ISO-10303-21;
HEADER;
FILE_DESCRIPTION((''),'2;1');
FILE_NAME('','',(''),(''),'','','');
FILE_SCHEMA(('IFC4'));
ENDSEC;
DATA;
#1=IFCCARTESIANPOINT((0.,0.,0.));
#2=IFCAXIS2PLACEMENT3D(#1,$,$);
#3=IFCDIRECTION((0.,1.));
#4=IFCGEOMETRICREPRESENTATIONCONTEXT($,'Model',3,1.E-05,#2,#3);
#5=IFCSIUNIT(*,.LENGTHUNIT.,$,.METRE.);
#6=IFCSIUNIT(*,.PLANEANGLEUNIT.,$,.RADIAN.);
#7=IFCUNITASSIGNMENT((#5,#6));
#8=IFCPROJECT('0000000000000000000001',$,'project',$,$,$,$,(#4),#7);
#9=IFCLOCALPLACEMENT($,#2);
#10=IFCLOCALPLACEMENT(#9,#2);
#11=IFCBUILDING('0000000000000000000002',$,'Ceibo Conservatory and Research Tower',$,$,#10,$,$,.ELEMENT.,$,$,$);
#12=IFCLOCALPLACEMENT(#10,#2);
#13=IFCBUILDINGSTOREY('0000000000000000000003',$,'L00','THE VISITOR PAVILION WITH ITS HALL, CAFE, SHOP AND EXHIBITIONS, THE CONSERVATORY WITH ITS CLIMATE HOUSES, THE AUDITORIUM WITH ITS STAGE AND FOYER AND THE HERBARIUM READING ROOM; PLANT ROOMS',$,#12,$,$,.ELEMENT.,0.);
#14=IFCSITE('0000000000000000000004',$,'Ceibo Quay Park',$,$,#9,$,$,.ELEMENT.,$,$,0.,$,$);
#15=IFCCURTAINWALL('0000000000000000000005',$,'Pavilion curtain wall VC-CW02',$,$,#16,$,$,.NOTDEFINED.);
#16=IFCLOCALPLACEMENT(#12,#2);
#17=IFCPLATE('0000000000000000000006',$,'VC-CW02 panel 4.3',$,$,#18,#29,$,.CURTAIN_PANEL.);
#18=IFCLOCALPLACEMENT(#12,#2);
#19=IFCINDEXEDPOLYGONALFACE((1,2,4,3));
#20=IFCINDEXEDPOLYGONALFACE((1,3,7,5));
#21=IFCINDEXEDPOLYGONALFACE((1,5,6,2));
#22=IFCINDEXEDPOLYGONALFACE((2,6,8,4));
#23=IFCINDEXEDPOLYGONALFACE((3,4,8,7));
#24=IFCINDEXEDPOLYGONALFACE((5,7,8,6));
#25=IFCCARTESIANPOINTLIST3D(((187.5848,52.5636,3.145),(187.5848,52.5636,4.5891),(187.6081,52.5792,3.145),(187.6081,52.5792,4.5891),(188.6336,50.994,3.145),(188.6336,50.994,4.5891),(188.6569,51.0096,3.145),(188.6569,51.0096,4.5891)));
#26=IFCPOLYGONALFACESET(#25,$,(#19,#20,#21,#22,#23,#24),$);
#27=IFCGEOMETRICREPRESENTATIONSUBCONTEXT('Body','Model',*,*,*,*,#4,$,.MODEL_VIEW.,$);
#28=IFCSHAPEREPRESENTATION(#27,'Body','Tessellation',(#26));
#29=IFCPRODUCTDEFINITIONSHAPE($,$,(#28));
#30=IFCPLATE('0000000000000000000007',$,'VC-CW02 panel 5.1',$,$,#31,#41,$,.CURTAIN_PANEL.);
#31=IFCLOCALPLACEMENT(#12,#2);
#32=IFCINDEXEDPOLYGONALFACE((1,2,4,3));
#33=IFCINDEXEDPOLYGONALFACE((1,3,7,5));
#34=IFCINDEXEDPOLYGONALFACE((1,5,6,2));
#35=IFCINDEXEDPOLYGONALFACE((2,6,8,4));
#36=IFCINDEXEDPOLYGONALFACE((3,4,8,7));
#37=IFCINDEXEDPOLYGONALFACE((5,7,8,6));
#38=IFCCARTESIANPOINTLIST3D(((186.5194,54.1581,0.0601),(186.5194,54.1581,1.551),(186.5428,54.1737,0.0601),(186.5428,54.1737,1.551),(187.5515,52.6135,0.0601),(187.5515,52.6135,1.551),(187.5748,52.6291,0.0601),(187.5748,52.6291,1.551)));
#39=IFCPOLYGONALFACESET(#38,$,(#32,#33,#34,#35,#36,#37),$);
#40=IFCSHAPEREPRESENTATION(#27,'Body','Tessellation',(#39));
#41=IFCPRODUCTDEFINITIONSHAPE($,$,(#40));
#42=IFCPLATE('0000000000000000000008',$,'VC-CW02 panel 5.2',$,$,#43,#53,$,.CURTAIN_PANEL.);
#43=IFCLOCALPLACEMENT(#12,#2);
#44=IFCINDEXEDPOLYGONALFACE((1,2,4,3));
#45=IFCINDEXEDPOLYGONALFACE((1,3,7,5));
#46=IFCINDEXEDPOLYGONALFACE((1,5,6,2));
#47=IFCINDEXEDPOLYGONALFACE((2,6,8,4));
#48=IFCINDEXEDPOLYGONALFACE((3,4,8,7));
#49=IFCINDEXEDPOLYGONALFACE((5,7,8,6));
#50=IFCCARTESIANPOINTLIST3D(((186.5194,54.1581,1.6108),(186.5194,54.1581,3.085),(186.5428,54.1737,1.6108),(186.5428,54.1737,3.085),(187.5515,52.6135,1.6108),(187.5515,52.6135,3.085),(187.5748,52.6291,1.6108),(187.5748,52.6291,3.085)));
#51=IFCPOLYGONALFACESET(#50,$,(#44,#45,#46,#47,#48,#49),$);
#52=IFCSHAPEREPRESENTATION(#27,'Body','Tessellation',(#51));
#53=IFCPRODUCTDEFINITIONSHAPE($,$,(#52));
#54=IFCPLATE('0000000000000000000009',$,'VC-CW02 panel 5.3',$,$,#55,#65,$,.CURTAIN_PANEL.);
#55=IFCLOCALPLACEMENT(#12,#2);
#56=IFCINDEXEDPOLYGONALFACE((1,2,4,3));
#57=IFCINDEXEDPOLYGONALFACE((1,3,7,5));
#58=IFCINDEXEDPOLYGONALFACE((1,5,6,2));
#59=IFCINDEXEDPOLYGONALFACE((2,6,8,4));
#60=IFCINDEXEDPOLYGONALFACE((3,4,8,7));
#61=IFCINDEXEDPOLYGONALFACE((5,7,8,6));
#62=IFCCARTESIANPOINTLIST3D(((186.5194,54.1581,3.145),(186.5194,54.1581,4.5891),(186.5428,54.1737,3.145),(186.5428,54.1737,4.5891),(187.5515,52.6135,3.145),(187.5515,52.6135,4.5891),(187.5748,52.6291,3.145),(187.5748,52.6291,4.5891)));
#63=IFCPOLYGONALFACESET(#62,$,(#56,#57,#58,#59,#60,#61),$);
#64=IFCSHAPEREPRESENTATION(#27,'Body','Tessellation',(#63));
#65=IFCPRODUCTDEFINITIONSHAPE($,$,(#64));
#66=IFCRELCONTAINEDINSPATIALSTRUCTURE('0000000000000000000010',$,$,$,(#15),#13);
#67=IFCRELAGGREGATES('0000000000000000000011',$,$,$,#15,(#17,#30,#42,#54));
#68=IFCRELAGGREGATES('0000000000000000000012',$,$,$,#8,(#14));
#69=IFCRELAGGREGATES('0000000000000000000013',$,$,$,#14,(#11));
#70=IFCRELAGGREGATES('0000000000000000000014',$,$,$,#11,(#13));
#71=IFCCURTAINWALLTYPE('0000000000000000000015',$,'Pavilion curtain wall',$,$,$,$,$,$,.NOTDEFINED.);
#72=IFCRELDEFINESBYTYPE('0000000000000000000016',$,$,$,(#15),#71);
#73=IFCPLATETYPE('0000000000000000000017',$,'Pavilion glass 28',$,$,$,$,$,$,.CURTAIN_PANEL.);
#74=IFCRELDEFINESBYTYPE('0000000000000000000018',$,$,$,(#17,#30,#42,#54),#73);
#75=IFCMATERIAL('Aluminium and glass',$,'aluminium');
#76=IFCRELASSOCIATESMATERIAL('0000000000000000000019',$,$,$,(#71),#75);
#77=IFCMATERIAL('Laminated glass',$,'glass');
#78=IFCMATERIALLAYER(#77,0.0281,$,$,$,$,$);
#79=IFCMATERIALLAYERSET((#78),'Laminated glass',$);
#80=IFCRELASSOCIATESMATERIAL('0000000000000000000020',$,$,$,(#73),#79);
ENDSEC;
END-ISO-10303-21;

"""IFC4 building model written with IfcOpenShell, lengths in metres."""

from ifc_helpers import new_model, si_unit, direction, frame, origin, origin_2d, place, context, subcontext, project, spatial, rectangle, extrude, material, layer, layer_set, type_object, element, aggregate, save


model = new_model("IFC4")

# Units and contexts
model_context = context("Model", 3, precision=1e-05, world=origin(), true_north=direction((0.0, 1.0)))
body_context = subcontext(model_context, "Body", "Model", "MODEL_VIEW")
ifc_project = project(units=[si_unit("LENGTHUNIT", "METRE"), si_unit("PLANEANGLEUNIT", "RADIAN")], contexts=[model_context])

# Site, building, storey
site_placement = place(None, origin())
site = spatial("IfcSite", under=ifc_project, at=site_placement, Name="Ceibo Quay Park", CompositionType="ELEMENT", RefElevation=0.0)
building_placement = place(site_placement, origin())
building = spatial("IfcBuilding", under=site, at=building_placement, Name="Ceibo Conservatory and Research Tower", CompositionType="ELEMENT")
storey_placement = place(building_placement, origin())
storey = spatial("IfcBuildingStorey", under=building, at=storey_placement, Name="L00", Description="THE VISITOR PAVILION WITH ITS HALL, CAFE, SHOP AND EXHIBITIONS, THE CONSERVATORY WITH ITS CLIMATE HOUSES, THE AUDITORIUM WITH ITS STAGE AND FOYER AND THE HERBARIUM READING ROOM; PLANT ROOMS", CompositionType="ELEMENT", Elevation=0.0)

# Curtain wall, plates
ifc_material_1 = material(Name="Aluminium and glass", Category="aluminium")
curtain_wall_type = type_object("IfcCurtainWallType", Name="Pavilion curtain wall", PredefinedType="NOTDEFINED", material=ifc_material_1)
curtain_wall_placement = place(storey_placement, origin())
curtain_wall = element("IfcCurtainWall", 1, at=curtain_wall_placement, inside=storey, type_object=curtain_wall_type, Name="Pavilion curtain wall VC-CW02", PredefinedType="NOTDEFINED")
ifc_material_2 = material(Name="Laminated glass", Category="glass")
ifc_layer = layer(ifc_material_2, 0.0281)
ifc_layer_set = layer_set([ifc_layer], Name="Laminated glass")
plate_type = type_object("IfcPlateType", Name="Pavilion glass 28", PredefinedType="CURTAIN_PANEL", material=ifc_layer_set)
plate_1_placement = place(storey_placement, frame((188.1208, 51.7866, 3.145), z_axis=(0.0, 0.0, 1.0), x_axis=(-0.55557, 0.83147, 0.0)))
plate_1 = element("IfcPlate", 2, at=plate_1_placement, type_object=plate_type, Name="VC-CW02 panel 4.3", PredefinedType="CURTAIN_PANEL", context=body_context, shape_type="SweptSolid", body=[
    extrude(rectangle(XDim=1.8877, YDim=0.0281, at=origin_2d()), origin(), (0.0, 0.0, 1.0), 1.4441),
])
plate_2_placement = place(storey_placement, frame((187.0471, 53.3936, 0.0601), z_axis=(0.0, 0.0, 1.0), x_axis=(-0.55557, 0.83147, 0.0)))
plate_2 = element("IfcPlate", 3, at=plate_2_placement, type_object=plate_type, Name="VC-CW02 panel 5.1", PredefinedType="CURTAIN_PANEL", context=body_context, shape_type="SweptSolid", body=[
    extrude(rectangle(XDim=1.8577, YDim=0.0281, at=origin_2d()), origin(), (0.0, 0.0, 1.0), 1.491),
])
plate_3_placement = place(storey_placement, frame((187.0471, 53.3936, 1.6108), z_axis=(0.0, 0.0, 1.0), x_axis=(-0.55557, 0.83147, 0.0)))
plate_3 = element("IfcPlate", 4, at=plate_3_placement, type_object=plate_type, Name="VC-CW02 panel 5.2", PredefinedType="CURTAIN_PANEL", context=body_context, shape_type="SweptSolid", body=[
    extrude(rectangle(XDim=1.8577, YDim=0.0281, at=origin_2d()), origin(), (0.0, 0.0, 1.0), 1.4741),
])
plate_4_placement = place(storey_placement, frame((187.0471, 53.3936, 3.145), z_axis=(0.0, 0.0, 1.0), x_axis=(-0.55557, 0.83147, 0.0)))
plate_4 = element("IfcPlate", 5, at=plate_4_placement, type_object=plate_type, Name="VC-CW02 panel 5.3", PredefinedType="CURTAIN_PANEL", context=body_context, shape_type="SweptSolid", body=[
    extrude(rectangle(XDim=1.8577, YDim=0.0281, at=origin_2d()), origin(), (0.0, 0.0, 1.0), 1.4441),
])
aggregate(curtain_wall, [plate_1, plate_2, plate_3, plate_4])

save(model, "model.ifc")
